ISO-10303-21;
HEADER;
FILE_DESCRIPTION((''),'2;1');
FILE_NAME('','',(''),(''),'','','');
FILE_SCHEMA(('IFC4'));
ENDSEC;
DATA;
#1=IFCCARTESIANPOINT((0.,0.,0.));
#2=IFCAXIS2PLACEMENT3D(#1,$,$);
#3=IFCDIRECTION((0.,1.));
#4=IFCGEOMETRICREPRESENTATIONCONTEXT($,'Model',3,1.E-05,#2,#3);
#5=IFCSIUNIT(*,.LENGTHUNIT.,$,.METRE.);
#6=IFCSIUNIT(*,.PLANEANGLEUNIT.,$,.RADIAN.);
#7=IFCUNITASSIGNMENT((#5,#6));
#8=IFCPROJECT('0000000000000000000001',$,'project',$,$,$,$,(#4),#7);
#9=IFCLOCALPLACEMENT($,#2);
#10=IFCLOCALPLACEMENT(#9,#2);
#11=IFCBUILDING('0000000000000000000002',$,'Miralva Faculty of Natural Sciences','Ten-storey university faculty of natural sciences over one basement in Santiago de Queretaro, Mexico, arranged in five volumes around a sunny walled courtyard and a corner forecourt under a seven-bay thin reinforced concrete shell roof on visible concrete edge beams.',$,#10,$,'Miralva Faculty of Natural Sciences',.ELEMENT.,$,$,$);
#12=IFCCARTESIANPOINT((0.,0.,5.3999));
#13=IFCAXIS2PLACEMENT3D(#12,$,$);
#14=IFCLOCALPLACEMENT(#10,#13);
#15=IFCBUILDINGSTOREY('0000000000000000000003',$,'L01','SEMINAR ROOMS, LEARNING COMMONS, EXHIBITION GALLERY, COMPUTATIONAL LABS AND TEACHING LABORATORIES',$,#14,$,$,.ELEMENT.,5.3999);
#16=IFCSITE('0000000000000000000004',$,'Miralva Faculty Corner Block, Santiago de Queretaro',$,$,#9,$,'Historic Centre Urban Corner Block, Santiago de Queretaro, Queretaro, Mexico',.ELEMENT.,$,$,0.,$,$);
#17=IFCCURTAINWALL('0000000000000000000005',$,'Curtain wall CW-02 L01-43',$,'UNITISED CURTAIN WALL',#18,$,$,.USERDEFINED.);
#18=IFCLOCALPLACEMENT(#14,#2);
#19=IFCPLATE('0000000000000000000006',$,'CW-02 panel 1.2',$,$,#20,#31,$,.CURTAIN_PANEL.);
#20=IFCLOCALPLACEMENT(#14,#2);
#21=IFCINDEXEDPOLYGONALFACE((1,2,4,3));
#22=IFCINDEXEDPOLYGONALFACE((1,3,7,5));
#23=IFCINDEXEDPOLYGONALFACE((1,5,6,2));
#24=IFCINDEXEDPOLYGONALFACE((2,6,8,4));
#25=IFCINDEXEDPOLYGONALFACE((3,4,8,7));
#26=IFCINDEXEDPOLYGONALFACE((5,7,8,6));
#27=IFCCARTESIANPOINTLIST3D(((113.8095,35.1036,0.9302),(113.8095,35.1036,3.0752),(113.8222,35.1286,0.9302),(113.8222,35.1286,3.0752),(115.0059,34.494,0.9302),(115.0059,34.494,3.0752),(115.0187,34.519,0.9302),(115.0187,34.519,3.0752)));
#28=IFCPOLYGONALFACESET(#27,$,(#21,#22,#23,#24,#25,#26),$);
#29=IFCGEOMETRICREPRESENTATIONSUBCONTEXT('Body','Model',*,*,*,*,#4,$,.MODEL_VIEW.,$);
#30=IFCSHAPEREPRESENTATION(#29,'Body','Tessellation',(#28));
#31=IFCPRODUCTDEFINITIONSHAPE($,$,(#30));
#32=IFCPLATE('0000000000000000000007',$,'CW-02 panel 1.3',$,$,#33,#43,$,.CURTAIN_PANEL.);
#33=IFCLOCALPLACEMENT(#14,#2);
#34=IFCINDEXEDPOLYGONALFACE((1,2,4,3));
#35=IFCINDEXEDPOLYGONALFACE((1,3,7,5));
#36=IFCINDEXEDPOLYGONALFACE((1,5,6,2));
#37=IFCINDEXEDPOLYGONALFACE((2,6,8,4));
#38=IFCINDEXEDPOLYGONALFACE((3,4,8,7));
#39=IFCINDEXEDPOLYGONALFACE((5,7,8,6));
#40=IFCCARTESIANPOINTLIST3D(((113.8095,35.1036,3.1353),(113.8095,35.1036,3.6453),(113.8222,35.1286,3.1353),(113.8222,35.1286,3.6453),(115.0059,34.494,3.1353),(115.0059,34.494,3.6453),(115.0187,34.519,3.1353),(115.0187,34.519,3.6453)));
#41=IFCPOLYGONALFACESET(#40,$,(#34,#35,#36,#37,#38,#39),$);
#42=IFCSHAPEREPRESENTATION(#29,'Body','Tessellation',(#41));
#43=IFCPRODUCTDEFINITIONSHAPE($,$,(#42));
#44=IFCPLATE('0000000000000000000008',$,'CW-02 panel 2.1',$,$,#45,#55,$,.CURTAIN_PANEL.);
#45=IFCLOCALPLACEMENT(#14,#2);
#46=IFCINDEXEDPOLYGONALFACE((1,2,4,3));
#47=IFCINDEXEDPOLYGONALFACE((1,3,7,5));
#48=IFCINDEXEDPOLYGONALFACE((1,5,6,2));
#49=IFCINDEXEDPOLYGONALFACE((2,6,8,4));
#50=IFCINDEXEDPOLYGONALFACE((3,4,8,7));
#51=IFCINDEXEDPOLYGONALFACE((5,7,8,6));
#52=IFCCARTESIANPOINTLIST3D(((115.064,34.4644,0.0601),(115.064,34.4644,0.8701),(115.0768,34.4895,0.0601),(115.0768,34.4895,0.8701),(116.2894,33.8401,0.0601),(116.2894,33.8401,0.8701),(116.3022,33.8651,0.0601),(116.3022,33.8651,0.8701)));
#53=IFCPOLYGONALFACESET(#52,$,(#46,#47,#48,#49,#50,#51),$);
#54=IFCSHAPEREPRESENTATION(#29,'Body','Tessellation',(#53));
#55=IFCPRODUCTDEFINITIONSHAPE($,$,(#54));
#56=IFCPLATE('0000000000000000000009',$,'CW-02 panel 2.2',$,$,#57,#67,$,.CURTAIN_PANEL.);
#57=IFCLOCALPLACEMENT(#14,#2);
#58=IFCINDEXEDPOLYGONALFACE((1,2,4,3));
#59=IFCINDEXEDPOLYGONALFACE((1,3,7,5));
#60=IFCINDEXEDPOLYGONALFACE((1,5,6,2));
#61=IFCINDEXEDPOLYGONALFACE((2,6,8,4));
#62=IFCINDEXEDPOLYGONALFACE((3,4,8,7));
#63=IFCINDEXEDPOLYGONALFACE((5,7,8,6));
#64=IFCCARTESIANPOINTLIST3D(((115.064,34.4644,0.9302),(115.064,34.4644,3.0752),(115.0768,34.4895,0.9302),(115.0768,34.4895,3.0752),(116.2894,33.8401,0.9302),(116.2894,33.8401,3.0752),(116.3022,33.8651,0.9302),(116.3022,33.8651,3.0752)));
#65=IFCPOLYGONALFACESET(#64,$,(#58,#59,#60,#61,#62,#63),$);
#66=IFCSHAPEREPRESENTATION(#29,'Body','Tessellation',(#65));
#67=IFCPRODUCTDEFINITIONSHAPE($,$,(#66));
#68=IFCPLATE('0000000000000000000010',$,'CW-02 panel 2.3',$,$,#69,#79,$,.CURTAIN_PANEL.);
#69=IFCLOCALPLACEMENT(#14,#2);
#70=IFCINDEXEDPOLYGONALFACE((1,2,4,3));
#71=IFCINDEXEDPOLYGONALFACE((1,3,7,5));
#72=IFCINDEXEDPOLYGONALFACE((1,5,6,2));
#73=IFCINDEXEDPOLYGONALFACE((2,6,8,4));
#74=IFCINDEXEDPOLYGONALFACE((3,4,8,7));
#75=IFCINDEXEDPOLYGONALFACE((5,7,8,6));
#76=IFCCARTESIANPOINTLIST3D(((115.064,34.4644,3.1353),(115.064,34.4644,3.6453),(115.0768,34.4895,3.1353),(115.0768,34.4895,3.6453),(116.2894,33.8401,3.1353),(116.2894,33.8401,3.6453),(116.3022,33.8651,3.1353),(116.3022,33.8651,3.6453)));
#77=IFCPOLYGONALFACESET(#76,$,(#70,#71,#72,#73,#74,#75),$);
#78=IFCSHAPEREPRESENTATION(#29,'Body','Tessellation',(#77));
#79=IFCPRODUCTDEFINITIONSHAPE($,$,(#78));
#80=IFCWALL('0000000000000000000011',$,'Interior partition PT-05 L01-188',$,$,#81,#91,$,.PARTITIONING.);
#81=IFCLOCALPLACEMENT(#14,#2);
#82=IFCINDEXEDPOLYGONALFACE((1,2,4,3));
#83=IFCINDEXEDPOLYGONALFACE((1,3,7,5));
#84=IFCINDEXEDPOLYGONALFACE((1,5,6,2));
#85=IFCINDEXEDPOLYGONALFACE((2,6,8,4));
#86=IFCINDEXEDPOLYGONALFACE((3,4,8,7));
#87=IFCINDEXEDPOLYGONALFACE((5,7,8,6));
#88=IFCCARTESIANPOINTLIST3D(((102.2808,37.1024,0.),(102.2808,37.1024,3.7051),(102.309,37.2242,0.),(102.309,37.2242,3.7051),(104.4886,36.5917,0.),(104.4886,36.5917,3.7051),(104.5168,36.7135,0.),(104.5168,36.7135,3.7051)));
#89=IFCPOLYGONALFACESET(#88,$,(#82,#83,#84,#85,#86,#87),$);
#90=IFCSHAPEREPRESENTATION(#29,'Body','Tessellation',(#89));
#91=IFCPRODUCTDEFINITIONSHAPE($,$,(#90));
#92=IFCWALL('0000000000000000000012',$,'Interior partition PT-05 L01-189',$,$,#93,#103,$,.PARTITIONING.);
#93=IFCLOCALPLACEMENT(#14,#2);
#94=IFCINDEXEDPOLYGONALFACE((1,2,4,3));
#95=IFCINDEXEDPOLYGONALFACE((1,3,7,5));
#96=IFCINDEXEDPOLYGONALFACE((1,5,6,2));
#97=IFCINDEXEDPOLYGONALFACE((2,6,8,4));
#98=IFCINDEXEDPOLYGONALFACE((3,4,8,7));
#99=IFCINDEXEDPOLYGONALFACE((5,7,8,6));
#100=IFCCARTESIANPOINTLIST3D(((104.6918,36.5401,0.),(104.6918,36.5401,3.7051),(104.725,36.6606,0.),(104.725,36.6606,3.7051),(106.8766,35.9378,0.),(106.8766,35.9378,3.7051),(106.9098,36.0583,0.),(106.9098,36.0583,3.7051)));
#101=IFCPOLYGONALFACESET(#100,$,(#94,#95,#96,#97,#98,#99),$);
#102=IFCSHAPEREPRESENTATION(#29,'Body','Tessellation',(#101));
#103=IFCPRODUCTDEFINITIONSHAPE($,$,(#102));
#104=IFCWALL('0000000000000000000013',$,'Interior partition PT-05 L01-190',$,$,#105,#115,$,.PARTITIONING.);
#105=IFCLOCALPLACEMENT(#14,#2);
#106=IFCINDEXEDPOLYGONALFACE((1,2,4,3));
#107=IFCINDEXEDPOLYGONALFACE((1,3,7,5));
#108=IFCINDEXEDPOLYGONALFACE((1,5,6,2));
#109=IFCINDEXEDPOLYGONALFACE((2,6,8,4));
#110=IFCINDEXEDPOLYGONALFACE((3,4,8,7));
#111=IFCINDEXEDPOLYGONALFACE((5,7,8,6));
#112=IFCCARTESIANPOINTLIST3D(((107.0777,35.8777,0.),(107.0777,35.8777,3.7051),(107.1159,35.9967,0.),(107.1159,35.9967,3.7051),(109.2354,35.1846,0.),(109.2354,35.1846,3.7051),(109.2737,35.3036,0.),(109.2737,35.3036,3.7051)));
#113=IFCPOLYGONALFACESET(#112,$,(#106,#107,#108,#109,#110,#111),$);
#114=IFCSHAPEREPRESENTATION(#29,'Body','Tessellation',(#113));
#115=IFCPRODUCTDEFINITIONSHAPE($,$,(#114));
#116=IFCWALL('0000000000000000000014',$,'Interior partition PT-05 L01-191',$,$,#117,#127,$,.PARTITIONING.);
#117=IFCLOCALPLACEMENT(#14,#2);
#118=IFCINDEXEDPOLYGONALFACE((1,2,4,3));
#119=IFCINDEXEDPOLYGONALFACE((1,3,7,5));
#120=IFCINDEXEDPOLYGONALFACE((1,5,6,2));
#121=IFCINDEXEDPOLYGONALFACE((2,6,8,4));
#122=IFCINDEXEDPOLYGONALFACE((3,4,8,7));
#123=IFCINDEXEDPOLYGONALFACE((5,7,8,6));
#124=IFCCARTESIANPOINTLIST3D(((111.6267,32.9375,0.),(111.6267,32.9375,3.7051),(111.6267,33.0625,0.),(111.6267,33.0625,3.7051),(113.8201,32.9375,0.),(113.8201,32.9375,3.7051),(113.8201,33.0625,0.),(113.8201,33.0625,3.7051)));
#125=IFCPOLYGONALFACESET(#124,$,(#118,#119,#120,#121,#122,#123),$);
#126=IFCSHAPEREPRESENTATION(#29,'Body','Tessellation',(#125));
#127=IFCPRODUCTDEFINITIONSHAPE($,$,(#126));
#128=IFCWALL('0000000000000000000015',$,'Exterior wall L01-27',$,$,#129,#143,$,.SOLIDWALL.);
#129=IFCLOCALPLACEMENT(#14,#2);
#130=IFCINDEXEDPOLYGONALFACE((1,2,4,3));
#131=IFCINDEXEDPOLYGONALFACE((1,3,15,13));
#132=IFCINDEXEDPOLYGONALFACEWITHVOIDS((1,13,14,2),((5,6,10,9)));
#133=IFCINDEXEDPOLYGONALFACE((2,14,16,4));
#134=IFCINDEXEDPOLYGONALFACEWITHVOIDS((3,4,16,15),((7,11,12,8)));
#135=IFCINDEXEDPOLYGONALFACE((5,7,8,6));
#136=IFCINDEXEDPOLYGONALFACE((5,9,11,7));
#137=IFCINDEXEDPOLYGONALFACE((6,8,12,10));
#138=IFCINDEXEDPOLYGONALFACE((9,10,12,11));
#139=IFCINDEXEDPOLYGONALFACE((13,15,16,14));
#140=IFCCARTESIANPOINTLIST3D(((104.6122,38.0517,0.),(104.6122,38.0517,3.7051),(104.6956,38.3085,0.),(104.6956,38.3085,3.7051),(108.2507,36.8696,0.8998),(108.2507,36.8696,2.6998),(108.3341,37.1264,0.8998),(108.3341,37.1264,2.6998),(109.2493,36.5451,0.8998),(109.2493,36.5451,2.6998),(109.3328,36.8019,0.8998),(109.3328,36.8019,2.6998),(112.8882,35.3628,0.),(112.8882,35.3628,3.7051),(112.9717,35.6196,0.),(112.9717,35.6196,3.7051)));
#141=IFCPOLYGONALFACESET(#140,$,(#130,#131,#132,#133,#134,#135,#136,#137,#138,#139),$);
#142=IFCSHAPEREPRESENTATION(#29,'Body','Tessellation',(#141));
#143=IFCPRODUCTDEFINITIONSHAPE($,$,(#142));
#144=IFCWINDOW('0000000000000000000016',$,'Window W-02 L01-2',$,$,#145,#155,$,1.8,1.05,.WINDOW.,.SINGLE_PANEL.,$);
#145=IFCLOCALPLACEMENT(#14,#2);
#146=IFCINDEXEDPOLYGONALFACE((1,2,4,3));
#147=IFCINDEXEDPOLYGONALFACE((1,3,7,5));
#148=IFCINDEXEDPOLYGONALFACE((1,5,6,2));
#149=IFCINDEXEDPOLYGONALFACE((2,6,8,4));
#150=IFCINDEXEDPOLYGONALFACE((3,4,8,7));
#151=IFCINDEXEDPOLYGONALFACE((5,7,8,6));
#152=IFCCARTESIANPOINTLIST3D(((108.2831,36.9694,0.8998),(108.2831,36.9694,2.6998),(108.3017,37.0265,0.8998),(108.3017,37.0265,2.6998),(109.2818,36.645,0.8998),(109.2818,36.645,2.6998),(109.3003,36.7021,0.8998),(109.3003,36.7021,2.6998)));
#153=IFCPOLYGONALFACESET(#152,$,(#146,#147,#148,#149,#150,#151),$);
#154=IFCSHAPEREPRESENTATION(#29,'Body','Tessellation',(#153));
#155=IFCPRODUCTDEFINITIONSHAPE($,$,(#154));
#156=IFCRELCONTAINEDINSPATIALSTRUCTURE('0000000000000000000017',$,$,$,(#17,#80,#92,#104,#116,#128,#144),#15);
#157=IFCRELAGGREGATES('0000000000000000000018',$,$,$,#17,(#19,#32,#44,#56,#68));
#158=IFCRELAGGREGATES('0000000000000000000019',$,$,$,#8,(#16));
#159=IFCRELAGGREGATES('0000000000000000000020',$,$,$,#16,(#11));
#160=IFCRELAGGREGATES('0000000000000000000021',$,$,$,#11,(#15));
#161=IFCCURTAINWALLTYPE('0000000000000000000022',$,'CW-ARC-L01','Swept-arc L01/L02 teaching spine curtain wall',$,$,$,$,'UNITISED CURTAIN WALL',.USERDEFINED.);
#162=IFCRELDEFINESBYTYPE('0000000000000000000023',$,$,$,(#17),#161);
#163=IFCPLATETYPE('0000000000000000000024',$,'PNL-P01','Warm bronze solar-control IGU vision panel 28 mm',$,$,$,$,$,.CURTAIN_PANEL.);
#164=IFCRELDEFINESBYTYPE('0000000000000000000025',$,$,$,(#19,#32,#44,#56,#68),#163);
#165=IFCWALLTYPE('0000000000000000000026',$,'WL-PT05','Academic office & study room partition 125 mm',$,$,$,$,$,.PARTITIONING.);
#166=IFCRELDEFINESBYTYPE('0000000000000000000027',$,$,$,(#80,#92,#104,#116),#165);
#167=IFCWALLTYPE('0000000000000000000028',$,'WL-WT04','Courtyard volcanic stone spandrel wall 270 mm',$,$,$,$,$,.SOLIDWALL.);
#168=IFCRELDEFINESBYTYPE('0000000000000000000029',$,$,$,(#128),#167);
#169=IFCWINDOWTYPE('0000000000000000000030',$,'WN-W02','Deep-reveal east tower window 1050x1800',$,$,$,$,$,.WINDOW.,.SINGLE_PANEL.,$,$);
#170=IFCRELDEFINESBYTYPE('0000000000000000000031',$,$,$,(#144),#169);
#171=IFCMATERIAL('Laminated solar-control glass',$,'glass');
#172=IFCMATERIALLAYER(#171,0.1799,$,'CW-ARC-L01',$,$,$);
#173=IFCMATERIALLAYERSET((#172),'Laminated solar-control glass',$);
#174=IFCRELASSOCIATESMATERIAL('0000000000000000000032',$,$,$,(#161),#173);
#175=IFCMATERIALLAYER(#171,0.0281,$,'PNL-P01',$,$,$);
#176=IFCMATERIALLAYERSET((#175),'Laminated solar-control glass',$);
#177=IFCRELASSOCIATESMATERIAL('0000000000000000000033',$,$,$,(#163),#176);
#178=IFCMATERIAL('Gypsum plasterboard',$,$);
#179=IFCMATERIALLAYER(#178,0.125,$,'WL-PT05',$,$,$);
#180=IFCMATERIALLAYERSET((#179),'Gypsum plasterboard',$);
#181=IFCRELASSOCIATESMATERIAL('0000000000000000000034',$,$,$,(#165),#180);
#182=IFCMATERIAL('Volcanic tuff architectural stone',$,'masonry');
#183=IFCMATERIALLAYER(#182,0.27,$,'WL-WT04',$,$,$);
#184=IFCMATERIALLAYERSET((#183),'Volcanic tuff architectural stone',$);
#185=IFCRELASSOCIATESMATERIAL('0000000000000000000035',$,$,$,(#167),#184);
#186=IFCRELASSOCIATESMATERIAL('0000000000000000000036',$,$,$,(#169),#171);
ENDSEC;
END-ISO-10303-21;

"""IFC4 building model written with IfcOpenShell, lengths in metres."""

from ifc_helpers import new_model, si_unit, direction, frame, frame_2d, origin, origin_2d, place, context, subcontext, project, spatial, rectangle, extrude, material, layer, layer_set, type_object, element, fill, aggregate, save


model = new_model("IFC4")

# Units and contexts
model_context = context("Model", 3, precision=1e-05, world=origin(), true_north=direction((0.0, 1.0)))
body_context = subcontext(model_context, "Body", "Model", "MODEL_VIEW")
ifc_project = project(units=[si_unit("LENGTHUNIT", "METRE"), si_unit("PLANEANGLEUNIT", "RADIAN")], contexts=[model_context])

# Site, building, storey
site_placement = place(None, origin())
site = spatial("IfcSite", under=ifc_project, at=site_placement, Name="Miralva Faculty Corner Block, Santiago de Queretaro", LongName="Historic Centre Urban Corner Block, Santiago de Queretaro, Queretaro, Mexico", CompositionType="ELEMENT", RefElevation=0.0)
building_placement = place(site_placement, origin())
building = spatial("IfcBuilding", under=site, at=building_placement, Name="Miralva Faculty of Natural Sciences", Description="Ten-storey university faculty of natural sciences over one basement in Santiago de Queretaro, Mexico, arranged in five volumes around a sunny walled courtyard and a corner forecourt under a seven-bay thin reinforced concrete shell roof on visible concrete edge beams.", LongName="Miralva Faculty of Natural Sciences", CompositionType="ELEMENT")
storey_placement = place(building_placement, frame((0.0, 0.0, 5.3999)))
storey = spatial("IfcBuildingStorey", under=building, at=storey_placement, Name="L01", Description="SEMINAR ROOMS, LEARNING COMMONS, EXHIBITION GALLERY, COMPUTATIONAL LABS AND TEACHING LABORATORIES", CompositionType="ELEMENT", Elevation=5.3999)

# Curtain wall
ifc_material_1 = material(Name="Laminated solar-control glass", Category="glass")
ifc_layer_1 = layer(ifc_material_1, 0.1799, Name="CW-ARC-L01")
ifc_layer_set_1 = layer_set([ifc_layer_1], Name="Laminated solar-control glass")
curtain_wall_type = type_object("IfcCurtainWallType", Name="CW-ARC-L01", Description="Swept-arc L01/L02 teaching spine curtain wall", ElementType="UNITISED CURTAIN WALL", PredefinedType="USERDEFINED", material=ifc_layer_set_1)
curtain_wall_1_placement = place(storey_placement, origin())
curtain_wall_1 = element("IfcCurtainWall", 1, at=curtain_wall_1_placement, inside=storey, type_object=curtain_wall_type, Name="Curtain wall CW-02 L01-43", ObjectType="UNITISED CURTAIN WALL", PredefinedType="USERDEFINED")

# Plates
ifc_layer_2 = layer(ifc_material_1, 0.0281, Name="PNL-P01")
ifc_layer_set_2 = layer_set([ifc_layer_2], Name="Laminated solar-control glass")
plate_type = type_object("IfcPlateType", Name="PNL-P01", Description="Warm bronze solar-control IGU vision panel 28 mm", PredefinedType="CURTAIN_PANEL", material=ifc_layer_set_2)
plate_1_placement = place(storey_placement, frame((114.4141, 34.8113, 0.9302), z_axis=(0.0, 0.0, 1.0), x_axis=(0.891018, -0.453968, 0.0)))
plate_1 = element("IfcPlate", 2, at=plate_1_placement, type_object=plate_type, Name="CW-02 panel 1.2", PredefinedType="CURTAIN_PANEL", context=body_context, shape_type="SweptSolid", body=[
    extrude(rectangle(XDim=1.3428, YDim=0.0281, at=origin_2d()), origin(), (0.0, 0.0, 1.0), 2.145),
])
plate_2_placement = place(storey_placement, frame((114.4141, 34.8113, 3.1353), z_axis=(0.0, 0.0, 1.0), x_axis=(0.891018, -0.453968, 0.0)))
plate_2 = element("IfcPlate", 3, at=plate_2_placement, type_object=plate_type, Name="CW-02 panel 1.3", PredefinedType="CURTAIN_PANEL", context=body_context, shape_type="SweptSolid", body=[
    extrude(rectangle(XDim=1.3428, YDim=0.0281, at=origin_2d()), origin(), (0.0, 0.0, 1.0), 0.51),
])
plate_3_placement = place(storey_placement, frame((115.6831, 34.1648, 0.0601), z_axis=(0.0, 0.0, 1.0), x_axis=(0.891018, -0.453968, 0.0)))
plate_3 = element("IfcPlate", 4, at=plate_3_placement, type_object=plate_type, Name="CW-02 panel 2.1", PredefinedType="CURTAIN_PANEL", context=body_context, shape_type="SweptSolid", body=[
    extrude(rectangle(XDim=1.3752, YDim=0.0281, at=origin_2d()), origin(), (0.0, 0.0, 1.0), 0.8101),
])
plate_4_placement = place(storey_placement, frame((115.6831, 34.1648, 0.9302), z_axis=(0.0, 0.0, 1.0), x_axis=(0.891018, -0.453968, 0.0)))
plate_4 = element("IfcPlate", 5, at=plate_4_placement, type_object=plate_type, Name="CW-02 panel 2.2", PredefinedType="CURTAIN_PANEL", context=body_context, shape_type="SweptSolid", body=[
    extrude(rectangle(XDim=1.3752, YDim=0.0281, at=origin_2d()), origin(), (0.0, 0.0, 1.0), 2.145),
])
plate_5_placement = place(storey_placement, frame((115.6831, 34.1648, 3.1353), z_axis=(0.0, 0.0, 1.0), x_axis=(0.891018, -0.453968, 0.0)))
plate_5 = element("IfcPlate", 6, at=plate_5_placement, type_object=plate_type, Name="CW-02 panel 2.3", PredefinedType="CURTAIN_PANEL", context=body_context, shape_type="SweptSolid", body=[
    extrude(rectangle(XDim=1.3752, YDim=0.0281, at=origin_2d()), origin(), (0.0, 0.0, 1.0), 0.51),
])
aggregate(curtain_wall_1, [plate_1, plate_2, plate_3, plate_4, plate_5])

# Walls
ifc_material_2 = material(Name="Gypsum plasterboard")
ifc_layer_3 = layer(ifc_material_2, 0.125, Name="WL-PT05")
ifc_layer_set_3 = layer_set([ifc_layer_3], Name="Gypsum plasterboard")
wall_type_1 = type_object("IfcWallType", Name="WL-PT05", Description="Academic office & study room partition 125 mm", PredefinedType="PARTITIONING", material=ifc_layer_set_3)
wall_1_placement = place(storey_placement, frame((102.2949, 37.1633, 0.0), z_axis=(0.0, 0.0, 1.0), x_axis=(0.974269, -0.225387, 0.0)))
element("IfcWall", 7, at=wall_1_placement, inside=storey, type_object=wall_type_1, Name="Interior partition PT-05 L01-188", PredefinedType="PARTITIONING", context=body_context, shape_type="SweptSolid", body=[
    extrude(rectangle(XDim=2.2661, YDim=0.125, at=frame_2d((1.1331, 0.0))), origin(), (0.0, 0.0, 1.0), 3.7051),
])
for number, where, z_axis, x_axis, name in (
    (8, (104.7083, 36.6003, 0.0), (0.0, 0.0, 1.0), (0.964039, -0.26576, 0.0), "Interior partition PT-05 L01-189"),
    (9, (107.0967, 35.9373, 0.0), (0.0, 0.0, 1.0), (0.952085, -0.305835, 0.0), "Interior partition PT-05 L01-190"),
):
    element("IfcWall", number, at=place(storey_placement, frame(where, z_axis=z_axis, x_axis=x_axis)), inside=storey, type_object=wall_type_1, Name=name, PredefinedType="PARTITIONING", context=body_context, shape_type="SweptSolid", body=[
        extrude(rectangle(XDim=2.2664, YDim=0.125, at=frame_2d((1.1333, 0.0))), origin(), (0.0, 0.0, 1.0), 3.7051),
    ])
wall_2_placement = place(storey_placement, frame((111.6267, 33.0, 0.0), z_axis=(0.0, 0.0, 1.0), x_axis=(1.0, 0.0, 0.0)))
element("IfcWall", 10, at=wall_2_placement, inside=storey, type_object=wall_type_1, Name="Interior partition PT-05 L01-191", PredefinedType="PARTITIONING", context=body_context, shape_type="SweptSolid", body=[
    extrude(rectangle(XDim=2.1934, YDim=0.125, at=frame_2d((1.0967, 0.0))), origin(), (0.0, 0.0, 1.0), 3.7051),
])

# Wall, opening, window
ifc_material_3 = material(Name="Volcanic tuff architectural stone", Category="masonry")
ifc_layer_4 = layer(ifc_material_3, 0.27, Name="WL-WT04")
ifc_layer_set_4 = layer_set([ifc_layer_4], Name="Volcanic tuff architectural stone")
wall_type_2 = type_object("IfcWallType", Name="WL-WT04", Description="Courtyard volcanic stone spandrel wall 270 mm", PredefinedType="SOLIDWALL", material=ifc_layer_set_4)
wall_3_placement = place(storey_placement, frame((104.6538, 38.1802, 0.0), z_axis=(0.0, 0.0, 1.0), x_axis=(0.95106, -0.309006, 0.0)))
wall_3 = element("IfcWall", 11, at=wall_3_placement, inside=storey, type_object=wall_type_2, Name="Exterior wall L01-27", PredefinedType="SOLIDWALL", context=body_context, shape_type="SweptSolid", body=[
    extrude(rectangle(XDim=8.7019, YDim=0.27, at=frame_2d((4.3511, 0.0))), origin(), (0.0, 0.0, 1.0), 3.7051),
])
opening_placement = place(wall_3_placement, frame((3.8259, 0.0, 0.8999)))
opening = element("IfcOpeningElement", 12, at=opening_placement, cuts=wall_3, PredefinedType="OPENING", context=body_context, shape_type="SweptSolid", body=[
    extrude(rectangle(XDim=1.05, YDim=1.8, at=frame_2d((0.5249, 0.8999))), frame((0.0, 0.145, 0.0), z_axis=(0.0, -1.0, 0.0), x_axis=(1.0, 0.0, 0.0)), (0.0, 0.0, 1.0), 0.29),
])
window_type = type_object("IfcWindowType", Name="WN-W02", Description="Deep-reveal east tower window 1050x1800", PartitioningType="SINGLE_PANEL", PredefinedType="WINDOW", material=ifc_material_1)
window_placement = place(opening_placement, origin())
window = element("IfcWindow", 13, at=window_placement, inside=storey, type_object=window_type, Name="Window W-02 L01-2", OverallHeight=1.8, OverallWidth=1.05, PartitioningType="SINGLE_PANEL", PredefinedType="WINDOW", context=body_context, shape_type="SweptSolid", body=[
    extrude(rectangle(XDim=1.05, YDim=1.8, at=frame_2d((0.5249, 0.8999))), frame((0.0, 0.03, 0.0), z_axis=(0.0, -1.0, 0.0), x_axis=(1.0, 0.0, 0.0)), (0.0, 0.0, 1.0), 0.0601),
])
fill(opening, window)

save(model, "model.ifc")
